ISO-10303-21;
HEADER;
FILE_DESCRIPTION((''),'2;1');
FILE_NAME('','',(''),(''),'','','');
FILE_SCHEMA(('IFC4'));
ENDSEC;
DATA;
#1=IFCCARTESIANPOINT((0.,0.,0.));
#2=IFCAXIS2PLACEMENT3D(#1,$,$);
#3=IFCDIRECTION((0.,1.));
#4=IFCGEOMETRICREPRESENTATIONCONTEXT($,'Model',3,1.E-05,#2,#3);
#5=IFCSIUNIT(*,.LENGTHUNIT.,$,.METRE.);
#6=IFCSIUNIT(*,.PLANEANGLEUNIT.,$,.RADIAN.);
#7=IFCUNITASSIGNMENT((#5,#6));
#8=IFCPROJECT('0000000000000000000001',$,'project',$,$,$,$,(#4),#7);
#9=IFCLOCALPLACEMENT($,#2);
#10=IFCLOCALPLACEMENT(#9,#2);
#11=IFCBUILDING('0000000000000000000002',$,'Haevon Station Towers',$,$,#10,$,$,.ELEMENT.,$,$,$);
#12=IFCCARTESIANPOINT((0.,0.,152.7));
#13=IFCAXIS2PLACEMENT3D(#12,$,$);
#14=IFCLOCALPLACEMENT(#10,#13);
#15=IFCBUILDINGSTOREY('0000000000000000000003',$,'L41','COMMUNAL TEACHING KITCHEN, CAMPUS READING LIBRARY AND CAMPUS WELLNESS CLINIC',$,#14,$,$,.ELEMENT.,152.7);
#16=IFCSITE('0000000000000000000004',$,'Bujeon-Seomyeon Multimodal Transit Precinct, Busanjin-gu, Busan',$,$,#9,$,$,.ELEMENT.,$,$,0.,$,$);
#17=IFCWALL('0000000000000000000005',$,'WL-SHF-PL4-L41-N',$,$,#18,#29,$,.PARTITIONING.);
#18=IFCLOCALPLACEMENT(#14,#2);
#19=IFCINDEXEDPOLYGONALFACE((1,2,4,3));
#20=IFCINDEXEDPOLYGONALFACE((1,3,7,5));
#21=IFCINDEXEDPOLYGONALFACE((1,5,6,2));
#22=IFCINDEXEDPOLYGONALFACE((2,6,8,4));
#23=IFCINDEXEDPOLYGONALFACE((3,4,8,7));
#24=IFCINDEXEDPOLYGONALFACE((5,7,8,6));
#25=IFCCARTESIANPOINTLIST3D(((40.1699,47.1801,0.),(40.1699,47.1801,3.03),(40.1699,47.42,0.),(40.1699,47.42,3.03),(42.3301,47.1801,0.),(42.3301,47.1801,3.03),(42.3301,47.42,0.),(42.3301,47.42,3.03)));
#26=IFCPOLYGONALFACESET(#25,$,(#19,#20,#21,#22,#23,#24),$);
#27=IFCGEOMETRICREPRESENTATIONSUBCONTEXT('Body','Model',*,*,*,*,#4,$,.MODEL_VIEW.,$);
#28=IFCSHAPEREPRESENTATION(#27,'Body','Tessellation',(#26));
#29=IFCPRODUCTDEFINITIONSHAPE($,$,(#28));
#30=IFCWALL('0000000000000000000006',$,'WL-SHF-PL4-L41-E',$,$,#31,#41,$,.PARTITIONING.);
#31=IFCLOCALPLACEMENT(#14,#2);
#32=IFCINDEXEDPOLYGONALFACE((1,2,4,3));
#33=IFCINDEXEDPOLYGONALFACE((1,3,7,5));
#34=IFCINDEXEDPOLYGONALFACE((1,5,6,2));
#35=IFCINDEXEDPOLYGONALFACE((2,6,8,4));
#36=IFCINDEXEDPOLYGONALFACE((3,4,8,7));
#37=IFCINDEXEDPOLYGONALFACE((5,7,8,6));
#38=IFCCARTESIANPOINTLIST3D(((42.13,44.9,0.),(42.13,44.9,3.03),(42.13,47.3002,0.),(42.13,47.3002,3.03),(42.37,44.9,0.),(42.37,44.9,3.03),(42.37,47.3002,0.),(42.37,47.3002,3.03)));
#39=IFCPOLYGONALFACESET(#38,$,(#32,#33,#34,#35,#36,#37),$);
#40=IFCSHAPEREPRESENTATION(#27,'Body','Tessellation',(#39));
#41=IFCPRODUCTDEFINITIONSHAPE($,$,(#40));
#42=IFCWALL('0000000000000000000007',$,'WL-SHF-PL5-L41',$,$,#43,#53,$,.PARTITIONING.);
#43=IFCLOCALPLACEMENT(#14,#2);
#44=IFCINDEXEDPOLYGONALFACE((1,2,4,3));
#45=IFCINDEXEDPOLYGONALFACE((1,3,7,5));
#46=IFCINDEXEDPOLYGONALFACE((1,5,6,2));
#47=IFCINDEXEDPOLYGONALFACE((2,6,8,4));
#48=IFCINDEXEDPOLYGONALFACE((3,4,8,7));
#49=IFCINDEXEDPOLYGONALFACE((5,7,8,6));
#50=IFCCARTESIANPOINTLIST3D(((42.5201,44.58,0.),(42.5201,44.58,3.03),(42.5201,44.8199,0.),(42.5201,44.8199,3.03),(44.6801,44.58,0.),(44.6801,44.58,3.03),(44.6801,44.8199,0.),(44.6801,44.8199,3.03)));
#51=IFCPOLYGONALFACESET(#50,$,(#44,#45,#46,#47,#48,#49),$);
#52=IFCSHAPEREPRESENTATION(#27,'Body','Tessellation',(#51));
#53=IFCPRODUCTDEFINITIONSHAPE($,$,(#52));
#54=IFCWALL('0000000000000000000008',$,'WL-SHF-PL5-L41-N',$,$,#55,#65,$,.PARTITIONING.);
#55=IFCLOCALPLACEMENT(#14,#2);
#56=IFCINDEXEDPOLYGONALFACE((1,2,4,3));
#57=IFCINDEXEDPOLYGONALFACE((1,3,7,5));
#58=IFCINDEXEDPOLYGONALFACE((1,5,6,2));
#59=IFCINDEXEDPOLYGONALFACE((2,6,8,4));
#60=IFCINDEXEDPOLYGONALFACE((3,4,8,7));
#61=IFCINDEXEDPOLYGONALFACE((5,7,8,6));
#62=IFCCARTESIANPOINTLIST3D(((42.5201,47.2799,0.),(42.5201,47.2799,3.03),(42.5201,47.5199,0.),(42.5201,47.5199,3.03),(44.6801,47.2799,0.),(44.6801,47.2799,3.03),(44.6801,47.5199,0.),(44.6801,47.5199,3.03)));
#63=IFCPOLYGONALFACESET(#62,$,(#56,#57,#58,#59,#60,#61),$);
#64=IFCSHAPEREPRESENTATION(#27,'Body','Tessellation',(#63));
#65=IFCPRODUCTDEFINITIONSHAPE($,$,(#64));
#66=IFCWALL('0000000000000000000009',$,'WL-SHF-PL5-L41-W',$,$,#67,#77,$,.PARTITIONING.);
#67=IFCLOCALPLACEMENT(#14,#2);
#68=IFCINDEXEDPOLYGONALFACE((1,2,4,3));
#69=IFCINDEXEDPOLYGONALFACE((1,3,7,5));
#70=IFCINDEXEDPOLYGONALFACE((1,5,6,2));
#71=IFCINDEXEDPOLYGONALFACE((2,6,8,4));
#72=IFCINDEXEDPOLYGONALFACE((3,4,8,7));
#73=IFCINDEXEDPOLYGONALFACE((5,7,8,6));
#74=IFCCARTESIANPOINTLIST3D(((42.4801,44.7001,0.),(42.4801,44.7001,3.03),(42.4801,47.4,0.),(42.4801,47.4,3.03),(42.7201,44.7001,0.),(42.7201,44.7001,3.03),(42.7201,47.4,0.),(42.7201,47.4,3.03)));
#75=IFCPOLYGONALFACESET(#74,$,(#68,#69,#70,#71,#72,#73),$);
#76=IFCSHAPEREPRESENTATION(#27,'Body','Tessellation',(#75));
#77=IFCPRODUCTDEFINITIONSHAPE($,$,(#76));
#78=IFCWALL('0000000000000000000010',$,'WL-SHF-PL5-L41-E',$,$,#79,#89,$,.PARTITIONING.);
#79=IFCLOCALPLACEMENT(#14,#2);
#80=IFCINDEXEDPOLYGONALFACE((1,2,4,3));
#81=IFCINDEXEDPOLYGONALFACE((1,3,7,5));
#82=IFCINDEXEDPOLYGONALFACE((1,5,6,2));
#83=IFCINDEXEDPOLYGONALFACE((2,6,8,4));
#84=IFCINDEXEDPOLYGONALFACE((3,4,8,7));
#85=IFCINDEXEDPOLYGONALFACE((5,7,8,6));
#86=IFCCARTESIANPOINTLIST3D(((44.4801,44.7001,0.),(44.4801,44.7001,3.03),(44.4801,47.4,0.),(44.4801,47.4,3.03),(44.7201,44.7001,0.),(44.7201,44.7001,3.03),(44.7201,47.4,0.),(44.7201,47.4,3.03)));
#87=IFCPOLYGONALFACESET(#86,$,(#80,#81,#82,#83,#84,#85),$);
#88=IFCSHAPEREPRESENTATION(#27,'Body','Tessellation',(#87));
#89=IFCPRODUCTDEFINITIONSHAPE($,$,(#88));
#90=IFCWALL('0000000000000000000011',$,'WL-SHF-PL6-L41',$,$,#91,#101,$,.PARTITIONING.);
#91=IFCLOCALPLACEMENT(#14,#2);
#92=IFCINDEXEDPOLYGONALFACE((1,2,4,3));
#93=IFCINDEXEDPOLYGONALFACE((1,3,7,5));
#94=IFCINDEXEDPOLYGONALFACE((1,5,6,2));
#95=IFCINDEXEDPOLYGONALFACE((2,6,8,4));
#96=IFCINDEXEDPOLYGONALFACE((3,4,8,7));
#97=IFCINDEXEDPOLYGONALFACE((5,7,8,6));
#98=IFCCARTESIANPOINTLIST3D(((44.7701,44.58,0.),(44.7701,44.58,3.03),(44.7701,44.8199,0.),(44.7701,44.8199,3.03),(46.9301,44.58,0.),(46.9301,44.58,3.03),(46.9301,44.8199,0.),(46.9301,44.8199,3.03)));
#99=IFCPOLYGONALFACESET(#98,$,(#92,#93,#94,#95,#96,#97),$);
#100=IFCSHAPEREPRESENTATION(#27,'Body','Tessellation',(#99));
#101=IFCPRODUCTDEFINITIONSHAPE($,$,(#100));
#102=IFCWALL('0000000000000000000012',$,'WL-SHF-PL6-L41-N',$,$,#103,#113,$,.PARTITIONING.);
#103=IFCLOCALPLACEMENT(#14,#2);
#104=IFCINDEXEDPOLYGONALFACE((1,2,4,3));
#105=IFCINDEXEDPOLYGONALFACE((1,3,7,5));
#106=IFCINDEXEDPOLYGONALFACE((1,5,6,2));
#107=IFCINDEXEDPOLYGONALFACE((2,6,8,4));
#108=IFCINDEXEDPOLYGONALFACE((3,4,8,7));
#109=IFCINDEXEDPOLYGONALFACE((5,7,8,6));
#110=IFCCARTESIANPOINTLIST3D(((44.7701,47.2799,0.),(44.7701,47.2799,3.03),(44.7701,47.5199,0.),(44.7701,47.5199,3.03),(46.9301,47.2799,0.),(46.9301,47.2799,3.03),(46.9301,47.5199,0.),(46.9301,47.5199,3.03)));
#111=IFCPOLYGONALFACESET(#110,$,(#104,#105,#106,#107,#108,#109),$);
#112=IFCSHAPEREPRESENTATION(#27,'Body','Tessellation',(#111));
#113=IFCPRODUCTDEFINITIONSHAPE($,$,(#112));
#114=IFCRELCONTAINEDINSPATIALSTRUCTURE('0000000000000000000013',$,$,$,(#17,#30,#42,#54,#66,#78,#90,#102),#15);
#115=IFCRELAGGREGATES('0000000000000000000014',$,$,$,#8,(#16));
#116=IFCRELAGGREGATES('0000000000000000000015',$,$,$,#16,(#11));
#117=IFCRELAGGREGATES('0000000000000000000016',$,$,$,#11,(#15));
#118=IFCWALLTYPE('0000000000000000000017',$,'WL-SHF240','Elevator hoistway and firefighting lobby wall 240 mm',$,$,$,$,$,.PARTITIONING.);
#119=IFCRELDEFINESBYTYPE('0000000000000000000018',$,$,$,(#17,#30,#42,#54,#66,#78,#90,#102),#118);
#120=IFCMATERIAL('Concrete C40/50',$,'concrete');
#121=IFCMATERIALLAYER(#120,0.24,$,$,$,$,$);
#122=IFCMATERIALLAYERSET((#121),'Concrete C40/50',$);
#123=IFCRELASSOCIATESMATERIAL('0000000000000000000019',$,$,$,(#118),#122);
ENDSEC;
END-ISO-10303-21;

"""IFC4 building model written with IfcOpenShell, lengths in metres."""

from ifc_helpers import new_model, si_unit, direction, frame, frame_2d, origin, place, context, subcontext, project, spatial, rectangle, extrude, material, layer, layer_set, type_object, element, save


model = new_model("IFC4")

# Units and contexts
model_context = context("Model", 3, precision=1e-05, world=origin(), true_north=direction((0.0, 1.0)))
body_context = subcontext(model_context, "Body", "Model", "MODEL_VIEW")
ifc_project = project(units=[si_unit("LENGTHUNIT", "METRE"), si_unit("PLANEANGLEUNIT", "RADIAN")], contexts=[model_context])

# Site, building, storey
site_placement = place(None, origin())
site = spatial("IfcSite", under=ifc_project, at=site_placement, Name="Bujeon-Seomyeon Multimodal Transit Precinct, Busanjin-gu, Busan", CompositionType="ELEMENT", RefElevation=0.0)
building_placement = place(site_placement, origin())
building = spatial("IfcBuilding", under=site, at=building_placement, Name="Haevon Station Towers", CompositionType="ELEMENT")
storey_placement = place(building_placement, frame((0.0, 0.0, 152.7)))
storey = spatial("IfcBuildingStorey", under=building, at=storey_placement, Name="L41", Description="COMMUNAL TEACHING KITCHEN, CAMPUS READING LIBRARY AND CAMPUS WELLNESS CLINIC", CompositionType="ELEMENT", Elevation=152.7)

# Shared definitions
ifc_material_1 = material(Name="Concrete C40/50", Category="concrete")
ifc_layer_1 = layer(ifc_material_1, 0.24)
ifc_layer_set_1 = layer_set([ifc_layer_1], Name="Concrete C40/50")
wall_type_1 = type_object("IfcWallType", Name="WL-SHF240", Description="Elevator hoistway and firefighting lobby wall 240 mm", PredefinedType="PARTITIONING", material=ifc_layer_set_1)

# Walls
wall_1_placement = place(storey_placement, frame((40.1699, 47.3, 0.0), z_axis=(0.0, 0.0, 1.0), x_axis=(1.0, 0.0, 0.0)))
element("IfcWall", 1, at=wall_1_placement, inside=storey, type_object=wall_type_1, Name="WL-SHF-PL4-L41-N", PredefinedType="PARTITIONING", context=body_context, shape_type="SweptSolid", body=[
    extrude(rectangle(XDim=2.1602, YDim=0.24, at=frame_2d((1.0801, 0.0))), origin(), (0.0, 0.0, 1.0), 3.03),
])
wall_2_placement = place(storey_placement, frame((42.25, 44.8999, 0.0), z_axis=(0.0, 0.0, 1.0), x_axis=(0.0, 1.0, 0.0)))
element("IfcWall", 2, at=wall_2_placement, inside=storey, type_object=wall_type_1, Name="WL-SHF-PL4-L41-E", PredefinedType="PARTITIONING", context=body_context, shape_type="SweptSolid", body=[
    extrude(rectangle(XDim=2.4001, YDim=0.24, at=frame_2d((1.2002, 0.0))), origin(), (0.0, 0.0, 1.0), 3.03),
])
for number, where, z_axis, x_axis, name in (
    (3, (42.52, 44.7, 0.0), (0.0, 0.0, 1.0), (1.0, 0.0, 0.0), "WL-SHF-PL5-L41"),
    (4, (42.52, 47.3999, 0.0), (0.0, 0.0, 1.0), (1.0, 0.0, 0.0), "WL-SHF-PL5-L41-N"),
):
    element("IfcWall", number, at=place(storey_placement, frame(where, z_axis=z_axis, x_axis=x_axis)), inside=storey, type_object=wall_type_1, Name=name, PredefinedType="PARTITIONING", context=body_context, shape_type="SweptSolid", body=[
        extrude(rectangle(XDim=2.1599, YDim=0.24, at=frame_2d((1.0801, 0.0))), origin(), (0.0, 0.0, 1.0), 3.03),
    ])
for number, where, z_axis, x_axis, name in (
    (5, (42.6001, 44.7, 0.0), (0.0, 0.0, 1.0), (0.0, 1.0, 0.0), "WL-SHF-PL5-L41-W"),
    (6, (44.6001, 44.7, 0.0), (0.0, 0.0, 1.0), (0.0, 1.0, 0.0), "WL-SHF-PL5-L41-E"),
):
    element("IfcWall", number, at=place(storey_placement, frame(where, z_axis=z_axis, x_axis=x_axis)), inside=storey, type_object=wall_type_1, Name=name, PredefinedType="PARTITIONING", context=body_context, shape_type="SweptSolid", body=[
        extrude(rectangle(XDim=2.7, YDim=0.24, at=frame_2d((1.3501, 0.0))), origin(), (0.0, 0.0, 1.0), 3.03),
    ])
for number, where, z_axis, x_axis, name in (
    (7, (44.77, 44.7, 0.0), (0.0, 0.0, 1.0), (1.0, 0.0, 0.0), "WL-SHF-PL6-L41"),
    (8, (44.77, 47.3999, 0.0), (0.0, 0.0, 1.0), (1.0, 0.0, 0.0), "WL-SHF-PL6-L41-N"),
):
    element("IfcWall", number, at=place(storey_placement, frame(where, z_axis=z_axis, x_axis=x_axis)), inside=storey, type_object=wall_type_1, Name=name, PredefinedType="PARTITIONING", context=body_context, shape_type="SweptSolid", body=[
        extrude(rectangle(XDim=2.1599, YDim=0.24, at=frame_2d((1.0801, 0.0))), origin(), (0.0, 0.0, 1.0), 3.03),
    ])

save(model, "model.ifc")
